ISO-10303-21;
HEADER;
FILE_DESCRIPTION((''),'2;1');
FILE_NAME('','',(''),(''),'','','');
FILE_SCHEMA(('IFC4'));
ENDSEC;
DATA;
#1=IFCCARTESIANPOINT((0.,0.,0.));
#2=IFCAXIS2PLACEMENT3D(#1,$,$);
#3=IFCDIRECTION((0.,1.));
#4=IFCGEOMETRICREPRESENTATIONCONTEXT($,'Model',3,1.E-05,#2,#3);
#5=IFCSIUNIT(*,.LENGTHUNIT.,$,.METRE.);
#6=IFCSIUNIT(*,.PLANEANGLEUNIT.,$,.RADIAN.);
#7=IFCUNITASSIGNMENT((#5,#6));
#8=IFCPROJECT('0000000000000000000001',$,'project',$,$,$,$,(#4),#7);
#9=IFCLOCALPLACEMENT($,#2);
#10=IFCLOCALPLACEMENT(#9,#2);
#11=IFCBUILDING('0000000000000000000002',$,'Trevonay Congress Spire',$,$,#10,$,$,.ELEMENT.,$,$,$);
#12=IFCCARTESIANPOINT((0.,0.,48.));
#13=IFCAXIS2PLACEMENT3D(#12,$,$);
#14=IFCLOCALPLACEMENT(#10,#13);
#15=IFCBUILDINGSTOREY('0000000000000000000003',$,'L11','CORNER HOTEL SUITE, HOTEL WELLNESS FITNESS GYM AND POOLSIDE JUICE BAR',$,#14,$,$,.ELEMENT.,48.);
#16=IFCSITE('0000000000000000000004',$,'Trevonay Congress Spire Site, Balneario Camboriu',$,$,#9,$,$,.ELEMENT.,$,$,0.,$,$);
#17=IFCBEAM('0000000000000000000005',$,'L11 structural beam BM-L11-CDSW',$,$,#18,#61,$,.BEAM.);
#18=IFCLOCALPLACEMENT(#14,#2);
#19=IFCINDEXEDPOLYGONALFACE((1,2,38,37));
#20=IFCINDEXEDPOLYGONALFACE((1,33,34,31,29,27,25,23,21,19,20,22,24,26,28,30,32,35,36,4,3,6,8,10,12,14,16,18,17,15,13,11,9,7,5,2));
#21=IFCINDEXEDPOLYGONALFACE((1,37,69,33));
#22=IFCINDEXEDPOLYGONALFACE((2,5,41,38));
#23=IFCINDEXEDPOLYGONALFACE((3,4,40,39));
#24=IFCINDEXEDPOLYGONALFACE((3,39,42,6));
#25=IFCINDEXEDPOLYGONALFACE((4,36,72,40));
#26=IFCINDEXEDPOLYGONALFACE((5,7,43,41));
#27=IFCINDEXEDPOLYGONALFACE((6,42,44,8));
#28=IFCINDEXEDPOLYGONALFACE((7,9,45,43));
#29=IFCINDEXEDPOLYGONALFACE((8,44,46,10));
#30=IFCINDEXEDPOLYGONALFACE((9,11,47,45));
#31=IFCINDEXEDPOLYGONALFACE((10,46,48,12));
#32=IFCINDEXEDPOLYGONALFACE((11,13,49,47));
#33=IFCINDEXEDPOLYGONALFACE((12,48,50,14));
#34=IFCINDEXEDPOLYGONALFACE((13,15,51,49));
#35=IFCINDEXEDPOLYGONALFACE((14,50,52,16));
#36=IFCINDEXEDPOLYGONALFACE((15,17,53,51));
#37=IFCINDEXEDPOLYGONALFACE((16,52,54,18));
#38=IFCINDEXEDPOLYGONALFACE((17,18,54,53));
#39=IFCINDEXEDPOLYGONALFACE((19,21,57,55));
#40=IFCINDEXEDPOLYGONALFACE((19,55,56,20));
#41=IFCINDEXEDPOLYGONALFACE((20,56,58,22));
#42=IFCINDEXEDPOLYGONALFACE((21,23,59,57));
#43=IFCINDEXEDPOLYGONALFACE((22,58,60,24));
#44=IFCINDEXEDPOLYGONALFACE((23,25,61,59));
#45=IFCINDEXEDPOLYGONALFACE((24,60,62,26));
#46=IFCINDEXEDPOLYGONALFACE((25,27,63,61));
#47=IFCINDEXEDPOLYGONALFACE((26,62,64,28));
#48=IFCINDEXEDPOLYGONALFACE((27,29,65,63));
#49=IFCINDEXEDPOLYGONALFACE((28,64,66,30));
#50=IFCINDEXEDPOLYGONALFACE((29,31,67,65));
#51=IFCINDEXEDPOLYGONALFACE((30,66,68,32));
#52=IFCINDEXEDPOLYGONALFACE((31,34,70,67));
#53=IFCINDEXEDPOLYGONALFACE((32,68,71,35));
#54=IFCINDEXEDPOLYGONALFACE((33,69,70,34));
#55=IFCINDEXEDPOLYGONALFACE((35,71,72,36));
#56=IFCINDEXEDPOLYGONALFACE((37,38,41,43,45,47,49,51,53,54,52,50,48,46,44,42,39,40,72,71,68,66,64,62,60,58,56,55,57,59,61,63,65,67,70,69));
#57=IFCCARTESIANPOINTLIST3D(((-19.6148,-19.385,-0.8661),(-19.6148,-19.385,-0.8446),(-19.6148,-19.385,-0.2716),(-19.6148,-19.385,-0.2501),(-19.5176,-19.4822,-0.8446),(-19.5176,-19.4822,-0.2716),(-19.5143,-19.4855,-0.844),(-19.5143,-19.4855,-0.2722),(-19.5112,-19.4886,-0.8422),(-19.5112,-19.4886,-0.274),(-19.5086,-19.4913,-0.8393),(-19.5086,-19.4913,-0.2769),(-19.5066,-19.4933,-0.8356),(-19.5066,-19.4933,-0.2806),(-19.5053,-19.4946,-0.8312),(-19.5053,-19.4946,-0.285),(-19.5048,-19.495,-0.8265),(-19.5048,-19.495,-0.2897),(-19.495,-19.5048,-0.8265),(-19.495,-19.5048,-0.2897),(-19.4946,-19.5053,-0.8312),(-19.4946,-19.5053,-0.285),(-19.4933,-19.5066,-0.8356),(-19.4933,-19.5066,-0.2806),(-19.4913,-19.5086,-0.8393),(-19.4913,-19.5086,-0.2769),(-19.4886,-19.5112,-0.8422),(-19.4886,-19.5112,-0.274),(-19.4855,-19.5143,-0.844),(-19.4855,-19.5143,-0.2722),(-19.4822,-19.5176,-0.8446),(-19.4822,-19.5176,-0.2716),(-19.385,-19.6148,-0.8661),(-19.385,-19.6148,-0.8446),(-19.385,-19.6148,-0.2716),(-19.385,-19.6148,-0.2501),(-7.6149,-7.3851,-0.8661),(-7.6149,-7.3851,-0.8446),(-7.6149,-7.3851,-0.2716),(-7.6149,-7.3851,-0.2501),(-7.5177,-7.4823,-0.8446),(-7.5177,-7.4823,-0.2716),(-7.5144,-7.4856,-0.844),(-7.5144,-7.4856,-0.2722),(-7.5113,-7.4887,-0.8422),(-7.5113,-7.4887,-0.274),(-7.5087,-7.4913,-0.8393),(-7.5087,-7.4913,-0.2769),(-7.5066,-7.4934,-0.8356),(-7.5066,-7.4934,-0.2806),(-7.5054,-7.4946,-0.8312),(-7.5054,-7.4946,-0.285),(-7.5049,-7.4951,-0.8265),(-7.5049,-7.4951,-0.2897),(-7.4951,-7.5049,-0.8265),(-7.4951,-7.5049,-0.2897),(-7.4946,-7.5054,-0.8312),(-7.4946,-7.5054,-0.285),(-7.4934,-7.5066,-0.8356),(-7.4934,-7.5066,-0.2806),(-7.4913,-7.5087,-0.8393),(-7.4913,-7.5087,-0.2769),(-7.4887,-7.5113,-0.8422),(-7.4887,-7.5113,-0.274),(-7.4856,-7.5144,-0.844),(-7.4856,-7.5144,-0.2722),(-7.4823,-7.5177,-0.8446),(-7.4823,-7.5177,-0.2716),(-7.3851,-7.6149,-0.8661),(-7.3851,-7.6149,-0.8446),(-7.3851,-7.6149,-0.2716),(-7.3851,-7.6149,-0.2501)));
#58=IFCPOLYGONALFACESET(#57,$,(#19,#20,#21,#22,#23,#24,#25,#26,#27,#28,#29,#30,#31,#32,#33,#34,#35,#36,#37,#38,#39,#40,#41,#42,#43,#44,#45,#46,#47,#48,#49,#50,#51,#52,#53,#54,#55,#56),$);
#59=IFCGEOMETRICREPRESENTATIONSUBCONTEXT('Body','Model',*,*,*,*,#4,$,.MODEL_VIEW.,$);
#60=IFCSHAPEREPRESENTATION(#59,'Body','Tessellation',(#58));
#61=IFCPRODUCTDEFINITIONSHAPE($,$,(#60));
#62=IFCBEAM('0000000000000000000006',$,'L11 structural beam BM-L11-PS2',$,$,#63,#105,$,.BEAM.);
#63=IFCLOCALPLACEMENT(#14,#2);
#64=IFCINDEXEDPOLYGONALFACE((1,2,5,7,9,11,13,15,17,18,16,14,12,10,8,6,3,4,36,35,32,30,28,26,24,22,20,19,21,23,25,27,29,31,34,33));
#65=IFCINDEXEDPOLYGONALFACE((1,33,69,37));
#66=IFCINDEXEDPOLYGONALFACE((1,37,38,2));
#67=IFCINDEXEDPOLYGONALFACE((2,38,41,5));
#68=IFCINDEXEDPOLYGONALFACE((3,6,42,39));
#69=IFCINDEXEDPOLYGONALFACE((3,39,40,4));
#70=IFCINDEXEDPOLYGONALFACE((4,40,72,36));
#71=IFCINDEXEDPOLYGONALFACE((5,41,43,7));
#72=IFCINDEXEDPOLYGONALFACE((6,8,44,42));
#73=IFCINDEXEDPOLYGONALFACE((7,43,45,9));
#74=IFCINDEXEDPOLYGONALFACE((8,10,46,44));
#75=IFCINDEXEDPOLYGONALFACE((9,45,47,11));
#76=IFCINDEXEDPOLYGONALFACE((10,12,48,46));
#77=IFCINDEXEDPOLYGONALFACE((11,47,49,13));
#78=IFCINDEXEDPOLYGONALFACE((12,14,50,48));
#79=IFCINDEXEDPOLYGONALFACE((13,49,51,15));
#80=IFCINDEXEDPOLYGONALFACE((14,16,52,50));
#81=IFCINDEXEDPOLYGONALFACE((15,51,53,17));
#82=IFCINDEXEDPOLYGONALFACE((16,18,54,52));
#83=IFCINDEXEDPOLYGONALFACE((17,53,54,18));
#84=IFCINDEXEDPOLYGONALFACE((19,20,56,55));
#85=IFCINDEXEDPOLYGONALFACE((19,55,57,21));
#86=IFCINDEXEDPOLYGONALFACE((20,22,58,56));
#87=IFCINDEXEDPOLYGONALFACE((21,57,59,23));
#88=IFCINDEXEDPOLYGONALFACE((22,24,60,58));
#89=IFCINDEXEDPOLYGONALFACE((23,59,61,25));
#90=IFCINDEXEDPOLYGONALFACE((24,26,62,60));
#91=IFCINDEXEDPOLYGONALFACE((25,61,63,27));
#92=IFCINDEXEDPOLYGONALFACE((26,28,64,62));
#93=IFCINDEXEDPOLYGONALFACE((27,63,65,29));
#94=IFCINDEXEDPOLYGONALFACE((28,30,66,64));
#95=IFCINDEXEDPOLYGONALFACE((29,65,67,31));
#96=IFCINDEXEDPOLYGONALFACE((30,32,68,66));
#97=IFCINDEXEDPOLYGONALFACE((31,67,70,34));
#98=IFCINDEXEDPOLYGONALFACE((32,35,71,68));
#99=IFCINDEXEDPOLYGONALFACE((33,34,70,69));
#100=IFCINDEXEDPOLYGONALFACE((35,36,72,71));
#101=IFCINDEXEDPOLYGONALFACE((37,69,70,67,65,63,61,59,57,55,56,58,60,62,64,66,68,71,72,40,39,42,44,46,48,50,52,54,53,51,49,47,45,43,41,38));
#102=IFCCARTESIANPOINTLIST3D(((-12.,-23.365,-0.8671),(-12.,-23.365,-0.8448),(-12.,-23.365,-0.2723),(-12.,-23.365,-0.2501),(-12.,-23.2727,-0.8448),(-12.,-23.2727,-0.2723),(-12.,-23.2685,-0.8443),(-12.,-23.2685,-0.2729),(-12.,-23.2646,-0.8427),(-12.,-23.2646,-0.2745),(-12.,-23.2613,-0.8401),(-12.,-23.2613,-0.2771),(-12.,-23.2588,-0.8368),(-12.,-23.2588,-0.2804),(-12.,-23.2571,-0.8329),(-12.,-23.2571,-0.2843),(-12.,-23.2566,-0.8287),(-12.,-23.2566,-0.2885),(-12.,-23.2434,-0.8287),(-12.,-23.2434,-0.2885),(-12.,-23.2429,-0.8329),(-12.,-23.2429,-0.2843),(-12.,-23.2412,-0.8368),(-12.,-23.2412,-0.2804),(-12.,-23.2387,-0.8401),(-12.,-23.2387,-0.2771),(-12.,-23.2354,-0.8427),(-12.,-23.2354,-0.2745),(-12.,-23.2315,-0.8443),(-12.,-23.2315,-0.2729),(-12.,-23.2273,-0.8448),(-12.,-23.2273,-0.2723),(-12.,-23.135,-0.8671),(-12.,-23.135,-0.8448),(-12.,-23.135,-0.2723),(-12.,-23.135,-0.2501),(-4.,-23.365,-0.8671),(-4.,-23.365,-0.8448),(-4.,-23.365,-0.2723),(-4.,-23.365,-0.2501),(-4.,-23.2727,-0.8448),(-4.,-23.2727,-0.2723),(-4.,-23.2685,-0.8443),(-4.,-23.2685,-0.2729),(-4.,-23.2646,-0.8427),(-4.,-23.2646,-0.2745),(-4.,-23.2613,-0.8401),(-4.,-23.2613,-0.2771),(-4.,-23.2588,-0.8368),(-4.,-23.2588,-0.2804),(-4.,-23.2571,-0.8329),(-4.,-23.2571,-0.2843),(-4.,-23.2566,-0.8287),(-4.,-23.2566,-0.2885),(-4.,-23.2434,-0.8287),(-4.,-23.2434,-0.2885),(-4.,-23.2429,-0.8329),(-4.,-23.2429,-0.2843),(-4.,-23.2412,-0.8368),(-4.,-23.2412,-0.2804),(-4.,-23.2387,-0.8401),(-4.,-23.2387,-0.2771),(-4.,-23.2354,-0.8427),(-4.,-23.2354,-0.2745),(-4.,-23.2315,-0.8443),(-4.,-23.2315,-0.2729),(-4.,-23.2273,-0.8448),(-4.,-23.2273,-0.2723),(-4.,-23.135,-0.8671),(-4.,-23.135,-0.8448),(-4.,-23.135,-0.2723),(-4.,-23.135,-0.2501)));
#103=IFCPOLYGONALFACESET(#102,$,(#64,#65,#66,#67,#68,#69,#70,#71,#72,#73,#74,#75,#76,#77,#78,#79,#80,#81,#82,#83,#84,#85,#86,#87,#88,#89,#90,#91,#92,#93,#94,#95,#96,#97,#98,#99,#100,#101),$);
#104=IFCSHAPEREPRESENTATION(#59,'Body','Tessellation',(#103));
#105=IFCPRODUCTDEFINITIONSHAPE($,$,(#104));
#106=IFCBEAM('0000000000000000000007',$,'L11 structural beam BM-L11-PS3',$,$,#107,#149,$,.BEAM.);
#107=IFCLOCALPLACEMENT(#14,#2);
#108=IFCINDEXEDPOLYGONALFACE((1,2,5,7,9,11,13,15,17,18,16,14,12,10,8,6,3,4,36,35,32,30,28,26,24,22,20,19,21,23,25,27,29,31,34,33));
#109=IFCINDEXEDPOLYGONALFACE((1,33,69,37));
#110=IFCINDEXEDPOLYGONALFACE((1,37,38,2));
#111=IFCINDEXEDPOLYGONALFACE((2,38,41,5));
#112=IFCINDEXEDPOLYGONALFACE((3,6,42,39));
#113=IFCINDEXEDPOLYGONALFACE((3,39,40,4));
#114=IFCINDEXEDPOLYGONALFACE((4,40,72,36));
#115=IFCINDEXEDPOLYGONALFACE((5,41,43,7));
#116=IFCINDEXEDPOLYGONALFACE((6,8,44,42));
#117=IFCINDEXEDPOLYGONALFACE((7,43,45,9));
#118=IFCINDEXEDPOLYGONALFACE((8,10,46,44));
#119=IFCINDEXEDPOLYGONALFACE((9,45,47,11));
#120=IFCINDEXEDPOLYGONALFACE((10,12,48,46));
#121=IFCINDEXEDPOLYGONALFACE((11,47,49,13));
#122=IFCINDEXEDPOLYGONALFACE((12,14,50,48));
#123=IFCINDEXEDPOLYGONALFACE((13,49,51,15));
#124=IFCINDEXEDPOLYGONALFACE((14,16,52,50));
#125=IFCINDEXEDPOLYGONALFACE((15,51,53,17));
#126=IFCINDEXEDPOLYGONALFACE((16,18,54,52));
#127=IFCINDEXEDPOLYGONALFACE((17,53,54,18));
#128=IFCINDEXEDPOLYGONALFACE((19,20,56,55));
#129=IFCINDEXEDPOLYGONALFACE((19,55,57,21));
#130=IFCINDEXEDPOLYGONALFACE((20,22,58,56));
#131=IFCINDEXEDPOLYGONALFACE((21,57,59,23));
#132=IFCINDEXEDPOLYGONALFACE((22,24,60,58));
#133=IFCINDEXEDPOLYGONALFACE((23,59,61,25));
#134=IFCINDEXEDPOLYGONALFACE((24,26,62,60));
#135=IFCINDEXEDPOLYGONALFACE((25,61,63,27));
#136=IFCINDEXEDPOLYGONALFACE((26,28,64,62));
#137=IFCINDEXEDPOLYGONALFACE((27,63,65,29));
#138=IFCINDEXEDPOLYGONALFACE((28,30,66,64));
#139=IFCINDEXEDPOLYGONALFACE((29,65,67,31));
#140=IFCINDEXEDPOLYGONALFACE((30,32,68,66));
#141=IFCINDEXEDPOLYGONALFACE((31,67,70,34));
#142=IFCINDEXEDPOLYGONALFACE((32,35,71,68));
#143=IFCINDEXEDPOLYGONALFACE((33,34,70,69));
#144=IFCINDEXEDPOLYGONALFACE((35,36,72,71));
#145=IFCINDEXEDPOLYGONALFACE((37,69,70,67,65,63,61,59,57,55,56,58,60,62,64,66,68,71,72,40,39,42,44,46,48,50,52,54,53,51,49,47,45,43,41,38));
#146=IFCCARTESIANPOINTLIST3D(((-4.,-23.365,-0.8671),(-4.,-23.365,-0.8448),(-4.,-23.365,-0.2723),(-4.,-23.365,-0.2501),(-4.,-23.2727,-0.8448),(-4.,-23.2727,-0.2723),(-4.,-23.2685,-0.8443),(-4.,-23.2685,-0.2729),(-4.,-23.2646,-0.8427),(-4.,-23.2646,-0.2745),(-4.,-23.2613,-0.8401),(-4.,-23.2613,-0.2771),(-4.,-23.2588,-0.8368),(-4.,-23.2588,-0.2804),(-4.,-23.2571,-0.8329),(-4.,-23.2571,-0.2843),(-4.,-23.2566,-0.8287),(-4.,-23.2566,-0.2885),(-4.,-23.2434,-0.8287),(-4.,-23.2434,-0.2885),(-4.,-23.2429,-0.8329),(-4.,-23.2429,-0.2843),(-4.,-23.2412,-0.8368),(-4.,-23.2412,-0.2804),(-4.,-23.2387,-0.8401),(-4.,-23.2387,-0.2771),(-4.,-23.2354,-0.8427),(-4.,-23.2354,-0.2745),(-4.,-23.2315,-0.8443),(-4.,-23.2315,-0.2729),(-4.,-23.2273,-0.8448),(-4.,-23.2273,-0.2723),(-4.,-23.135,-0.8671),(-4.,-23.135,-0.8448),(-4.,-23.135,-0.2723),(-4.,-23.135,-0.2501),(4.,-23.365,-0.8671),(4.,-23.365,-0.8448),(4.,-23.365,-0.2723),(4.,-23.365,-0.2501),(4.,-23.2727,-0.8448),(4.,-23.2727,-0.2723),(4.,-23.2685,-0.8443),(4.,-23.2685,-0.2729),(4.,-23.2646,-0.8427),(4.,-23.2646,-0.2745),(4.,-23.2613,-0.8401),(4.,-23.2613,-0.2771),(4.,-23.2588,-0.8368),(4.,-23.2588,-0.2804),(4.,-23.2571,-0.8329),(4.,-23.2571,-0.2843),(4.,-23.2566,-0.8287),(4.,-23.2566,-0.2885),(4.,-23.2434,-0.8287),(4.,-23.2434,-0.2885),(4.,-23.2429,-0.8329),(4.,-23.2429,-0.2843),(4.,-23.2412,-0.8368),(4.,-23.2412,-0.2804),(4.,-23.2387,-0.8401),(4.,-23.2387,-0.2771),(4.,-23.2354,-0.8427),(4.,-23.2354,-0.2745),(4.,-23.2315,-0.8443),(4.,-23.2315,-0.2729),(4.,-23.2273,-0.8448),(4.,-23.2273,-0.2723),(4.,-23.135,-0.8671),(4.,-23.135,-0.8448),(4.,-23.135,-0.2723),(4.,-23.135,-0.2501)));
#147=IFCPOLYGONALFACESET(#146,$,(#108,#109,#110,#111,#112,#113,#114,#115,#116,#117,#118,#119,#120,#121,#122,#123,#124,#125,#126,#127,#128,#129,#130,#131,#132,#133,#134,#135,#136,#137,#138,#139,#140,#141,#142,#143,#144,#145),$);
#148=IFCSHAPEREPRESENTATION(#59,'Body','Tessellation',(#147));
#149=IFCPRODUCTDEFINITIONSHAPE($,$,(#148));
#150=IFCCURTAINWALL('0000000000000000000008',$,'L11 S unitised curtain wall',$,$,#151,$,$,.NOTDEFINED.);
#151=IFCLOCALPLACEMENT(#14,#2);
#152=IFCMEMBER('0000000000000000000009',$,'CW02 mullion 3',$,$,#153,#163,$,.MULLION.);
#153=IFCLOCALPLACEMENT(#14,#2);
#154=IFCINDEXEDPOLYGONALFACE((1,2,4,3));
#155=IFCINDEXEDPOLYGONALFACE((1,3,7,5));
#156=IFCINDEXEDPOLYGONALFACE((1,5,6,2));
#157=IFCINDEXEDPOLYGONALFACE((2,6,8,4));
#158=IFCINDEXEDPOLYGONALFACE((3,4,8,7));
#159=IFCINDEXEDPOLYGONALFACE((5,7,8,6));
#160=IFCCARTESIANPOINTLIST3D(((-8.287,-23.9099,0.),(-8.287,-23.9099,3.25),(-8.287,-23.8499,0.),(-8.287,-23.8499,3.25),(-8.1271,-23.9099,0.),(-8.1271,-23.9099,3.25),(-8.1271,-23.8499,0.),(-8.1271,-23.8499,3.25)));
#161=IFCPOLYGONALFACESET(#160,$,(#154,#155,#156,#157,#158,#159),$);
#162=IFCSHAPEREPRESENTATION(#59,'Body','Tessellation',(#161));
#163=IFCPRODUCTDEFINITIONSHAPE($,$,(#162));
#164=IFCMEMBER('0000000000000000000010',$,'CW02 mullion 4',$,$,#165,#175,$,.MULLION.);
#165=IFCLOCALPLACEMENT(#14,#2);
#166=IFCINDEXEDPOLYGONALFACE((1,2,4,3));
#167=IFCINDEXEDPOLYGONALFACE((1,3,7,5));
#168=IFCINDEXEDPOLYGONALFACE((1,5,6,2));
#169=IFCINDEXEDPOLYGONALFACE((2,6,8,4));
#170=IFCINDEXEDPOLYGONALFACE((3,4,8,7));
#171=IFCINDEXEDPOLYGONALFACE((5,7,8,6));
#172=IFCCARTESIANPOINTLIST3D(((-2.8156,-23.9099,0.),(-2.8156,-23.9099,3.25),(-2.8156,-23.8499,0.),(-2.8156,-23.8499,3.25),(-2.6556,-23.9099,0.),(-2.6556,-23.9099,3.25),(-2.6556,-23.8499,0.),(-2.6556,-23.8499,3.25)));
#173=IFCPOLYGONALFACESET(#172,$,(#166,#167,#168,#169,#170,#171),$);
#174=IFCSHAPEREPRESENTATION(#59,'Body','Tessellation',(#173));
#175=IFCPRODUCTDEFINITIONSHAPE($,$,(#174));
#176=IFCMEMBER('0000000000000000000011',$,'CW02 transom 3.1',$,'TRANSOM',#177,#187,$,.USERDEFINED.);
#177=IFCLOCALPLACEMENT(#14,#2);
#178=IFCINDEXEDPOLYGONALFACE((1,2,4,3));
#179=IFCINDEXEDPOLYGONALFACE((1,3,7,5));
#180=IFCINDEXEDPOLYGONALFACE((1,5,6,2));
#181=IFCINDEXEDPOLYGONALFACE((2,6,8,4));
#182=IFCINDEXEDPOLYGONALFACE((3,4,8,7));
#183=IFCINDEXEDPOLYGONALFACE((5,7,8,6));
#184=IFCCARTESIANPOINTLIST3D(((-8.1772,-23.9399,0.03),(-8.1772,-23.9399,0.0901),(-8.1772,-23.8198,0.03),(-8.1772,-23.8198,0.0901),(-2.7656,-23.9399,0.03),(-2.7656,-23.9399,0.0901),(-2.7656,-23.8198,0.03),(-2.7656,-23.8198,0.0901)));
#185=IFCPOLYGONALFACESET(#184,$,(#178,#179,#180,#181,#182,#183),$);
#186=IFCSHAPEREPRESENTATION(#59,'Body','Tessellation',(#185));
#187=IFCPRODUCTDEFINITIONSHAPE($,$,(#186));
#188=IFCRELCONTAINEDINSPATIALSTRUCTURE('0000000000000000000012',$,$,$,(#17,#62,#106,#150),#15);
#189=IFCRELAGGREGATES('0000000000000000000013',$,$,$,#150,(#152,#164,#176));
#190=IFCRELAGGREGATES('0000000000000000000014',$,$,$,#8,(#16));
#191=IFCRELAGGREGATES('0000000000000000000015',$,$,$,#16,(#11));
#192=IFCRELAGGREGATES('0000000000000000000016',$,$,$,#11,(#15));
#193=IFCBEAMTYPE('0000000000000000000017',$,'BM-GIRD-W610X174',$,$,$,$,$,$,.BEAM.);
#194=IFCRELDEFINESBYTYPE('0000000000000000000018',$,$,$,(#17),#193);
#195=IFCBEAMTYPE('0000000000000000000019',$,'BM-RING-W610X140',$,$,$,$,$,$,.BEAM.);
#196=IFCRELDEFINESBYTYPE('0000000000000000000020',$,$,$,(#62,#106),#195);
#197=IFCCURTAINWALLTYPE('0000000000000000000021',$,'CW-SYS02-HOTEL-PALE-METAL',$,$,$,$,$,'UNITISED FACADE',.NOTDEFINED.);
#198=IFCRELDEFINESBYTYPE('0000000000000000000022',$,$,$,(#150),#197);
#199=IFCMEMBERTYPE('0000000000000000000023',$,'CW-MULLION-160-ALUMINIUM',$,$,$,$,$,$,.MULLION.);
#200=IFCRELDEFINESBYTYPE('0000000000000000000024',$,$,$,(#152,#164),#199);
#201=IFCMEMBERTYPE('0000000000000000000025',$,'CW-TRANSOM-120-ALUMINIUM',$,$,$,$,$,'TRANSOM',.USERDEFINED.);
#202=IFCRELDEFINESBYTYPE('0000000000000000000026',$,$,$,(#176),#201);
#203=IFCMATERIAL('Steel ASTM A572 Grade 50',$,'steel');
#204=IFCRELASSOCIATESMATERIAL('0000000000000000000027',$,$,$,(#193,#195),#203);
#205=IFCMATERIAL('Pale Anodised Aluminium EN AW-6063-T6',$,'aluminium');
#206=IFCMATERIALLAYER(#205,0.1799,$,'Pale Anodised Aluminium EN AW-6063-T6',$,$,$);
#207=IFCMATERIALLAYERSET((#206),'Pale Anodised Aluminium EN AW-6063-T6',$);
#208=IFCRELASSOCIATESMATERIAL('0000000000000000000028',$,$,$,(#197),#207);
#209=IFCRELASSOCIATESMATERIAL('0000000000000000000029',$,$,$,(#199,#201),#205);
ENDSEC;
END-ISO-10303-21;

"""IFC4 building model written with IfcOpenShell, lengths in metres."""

from ifc_helpers import new_model, si_unit, direction, frame, origin, origin_2d, place, context, subcontext, project, spatial, rectangle, i_section, extrude, material, layer, layer_set, material_profile, profile_set, type_object, element, aggregate, save


model = new_model("IFC4")

# Units and contexts
model_context = context("Model", 3, precision=1e-05, world=origin(), true_north=direction((0.0, 1.0)))
body_context = subcontext(model_context, "Body", "Model", "MODEL_VIEW")
ifc_project = project(units=[si_unit("LENGTHUNIT", "METRE"), si_unit("PLANEANGLEUNIT", "RADIAN")], contexts=[model_context])

# Site, building, storey
site_placement = place(None, origin())
site = spatial("IfcSite", under=ifc_project, at=site_placement, Name="Trevonay Congress Spire Site, Balneario Camboriu", CompositionType="ELEMENT", RefElevation=0.0)
building_placement = place(site_placement, origin())
building = spatial("IfcBuilding", under=site, at=building_placement, Name="Trevonay Congress Spire", CompositionType="ELEMENT")
storey_placement = place(building_placement, frame((0.0, 0.0, 48.0)))
storey = spatial("IfcBuildingStorey", under=building, at=storey_placement, Name="L11", Description="CORNER HOTEL SUITE, HOTEL WELLNESS FITNESS GYM AND POOLSIDE JUICE BAR", CompositionType="ELEMENT", Elevation=48.0)

# Shared definitions
ifc_material_1 = material(Name="Steel ASTM A572 Grade 50", Category="steel")

# Beams
ifc_material_profile_1 = material_profile(ifc_material_1, i_section(OverallWidth=0.325, OverallDepth=0.616, WebThickness=0.0139, FlangeThickness=0.0215, FilletRadius=0.0181, at=origin_2d()), Name="W610x174")
ifc_profile_set_1 = profile_set([ifc_material_profile_1], Name="Steel ASTM A572 Grade 50")
beam_type_1 = type_object("IfcBeamType", Name="BM-GIRD-W610X174", PredefinedType="BEAM", material=ifc_profile_set_1)
beam_1_placement = place(storey_placement, frame((-7.5, -7.5, -0.5581), z_axis=(-0.707107, -0.707107, 0.0), x_axis=(0.707107, -0.707107, 0.0)))
element("IfcBeam", 1, at=beam_1_placement, inside=storey, type_object=beam_type_1, Name="L11 structural beam BM-L11-CDSW", PredefinedType="BEAM", context=body_context, shape_type="SweptSolid", body=[
    extrude(i_section(OverallWidth=0.325, OverallDepth=0.616, WebThickness=0.0139, FlangeThickness=0.0215, FilletRadius=0.0181, at=origin_2d()), origin(), (0.0, 0.0, 1.0), 16.9705),
])
ifc_material_profile_2 = material_profile(ifc_material_1, i_section(OverallWidth=0.23, OverallDepth=0.6169, WebThickness=0.0132, FlangeThickness=0.0222, FilletRadius=0.0161, at=origin_2d()), Name="W610x140")
ifc_profile_set_2 = profile_set([ifc_material_profile_2], Name="Steel ASTM A572 Grade 50")
beam_type_2 = type_object("IfcBeamType", Name="BM-RING-W610X140", PredefinedType="BEAM", material=ifc_profile_set_2)
for number, where, z_axis, x_axis, name in (
    (2, (-12.0, -23.25, -0.5586), (1.0, 0.0, 0.0), (0.0, 1.0, 0.0), "L11 structural beam BM-L11-PS2"),
    (3, (-4.0, -23.25, -0.5586), (1.0, 0.0, 0.0), (0.0, 1.0, 0.0), "L11 structural beam BM-L11-PS3"),
):
    element("IfcBeam", number, at=place(storey_placement, frame(where, z_axis=z_axis, x_axis=x_axis)), inside=storey, type_object=beam_type_2, Name=name, PredefinedType="BEAM", context=body_context, shape_type="SweptSolid", body=[
        extrude(i_section(OverallWidth=0.23, OverallDepth=0.6169, WebThickness=0.0132, FlangeThickness=0.0222, FilletRadius=0.0161, at=origin_2d()), origin(), (0.0, 0.0, 1.0), 8.0),
    ])

# Curtain wall, members
ifc_material_2 = material(Name="Pale Anodised Aluminium EN AW-6063-T6", Category="aluminium")
ifc_layer_1 = layer(ifc_material_2, 0.1799, Name="Pale Anodised Aluminium EN AW-6063-T6")
ifc_layer_set_1 = layer_set([ifc_layer_1], Name="Pale Anodised Aluminium EN AW-6063-T6")
curtain_wall_type = type_object("IfcCurtainWallType", Name="CW-SYS02-HOTEL-PALE-METAL", ElementType="UNITISED FACADE", PredefinedType="NOTDEFINED", material=ifc_layer_set_1)
curtain_wall_placement = place(storey_placement, origin())
curtain_wall = element("IfcCurtainWall", 4, at=curtain_wall_placement, inside=storey, type_object=curtain_wall_type, Name="L11 S unitised curtain wall", PredefinedType="NOTDEFINED")
ifc_material_profile_3 = material_profile(ifc_material_2, rectangle(XDim=0.0601, YDim=0.1599, at=origin_2d()), Name="CW-MULLION-160-ALUMINIUM")
ifc_profile_set_3 = profile_set([ifc_material_profile_3], Name="Pale Anodised Aluminium EN AW-6063-T6")
member_type_1 = type_object("IfcMemberType", Name="CW-MULLION-160-ALUMINIUM", PredefinedType="MULLION", material=ifc_profile_set_3)
member_1_placement = place(storey_placement, frame((-8.207, -23.8799, 0.0), z_axis=(0.0, 0.0, 1.0), x_axis=(0.0, 1.0, 0.0)))
member_1 = element("IfcMember", 5, at=member_1_placement, type_object=member_type_1, Name="CW02 mullion 3", PredefinedType="MULLION", context=body_context, shape_type="SweptSolid", body=[
    extrude(rectangle(XDim=0.0601, YDim=0.1599, at=origin_2d()), origin(), (0.0, 0.0, 1.0), 3.25),
])
member_2_placement = place(storey_placement, frame((-2.7356, -23.8799, 0.0), z_axis=(0.0, 0.0, 1.0), x_axis=(0.0, 1.0, 0.0)))
member_2 = element("IfcMember", 6, at=member_2_placement, type_object=member_type_1, Name="CW02 mullion 4", PredefinedType="MULLION", context=body_context, shape_type="SweptSolid", body=[
    extrude(rectangle(XDim=0.0601, YDim=0.1599, at=origin_2d()), origin(), (0.0, 0.0, 1.0), 3.25),
])
ifc_material_profile_4 = material_profile(ifc_material_2, rectangle(XDim=0.1201, YDim=0.0601, at=origin_2d()), Name="CW-TRANSOM-120-ALUMINIUM")
ifc_profile_set_4 = profile_set([ifc_material_profile_4], Name="Pale Anodised Aluminium EN AW-6063-T6")
member_type_2 = type_object("IfcMemberType", Name="CW-TRANSOM-120-ALUMINIUM", ElementType="TRANSOM", PredefinedType="USERDEFINED", material=ifc_profile_set_4)
member_3_placement = place(storey_placement, frame((-8.1772, -23.8799, 0.0601), z_axis=(1.0, 0.0, 0.0), x_axis=(0.0, 1.0, 0.0)))
member_3 = element("IfcMember", 7, at=member_3_placement, type_object=member_type_2, Name="CW02 transom 3.1", ObjectType="TRANSOM", PredefinedType="USERDEFINED", context=body_context, shape_type="SweptSolid", body=[
    extrude(rectangle(XDim=0.1201, YDim=0.0601, at=origin_2d()), origin(), (0.0, 0.0, 1.0), 5.4116),
])

aggregate(curtain_wall, [member_1, member_2, member_3])

save(model, "model.ifc")
